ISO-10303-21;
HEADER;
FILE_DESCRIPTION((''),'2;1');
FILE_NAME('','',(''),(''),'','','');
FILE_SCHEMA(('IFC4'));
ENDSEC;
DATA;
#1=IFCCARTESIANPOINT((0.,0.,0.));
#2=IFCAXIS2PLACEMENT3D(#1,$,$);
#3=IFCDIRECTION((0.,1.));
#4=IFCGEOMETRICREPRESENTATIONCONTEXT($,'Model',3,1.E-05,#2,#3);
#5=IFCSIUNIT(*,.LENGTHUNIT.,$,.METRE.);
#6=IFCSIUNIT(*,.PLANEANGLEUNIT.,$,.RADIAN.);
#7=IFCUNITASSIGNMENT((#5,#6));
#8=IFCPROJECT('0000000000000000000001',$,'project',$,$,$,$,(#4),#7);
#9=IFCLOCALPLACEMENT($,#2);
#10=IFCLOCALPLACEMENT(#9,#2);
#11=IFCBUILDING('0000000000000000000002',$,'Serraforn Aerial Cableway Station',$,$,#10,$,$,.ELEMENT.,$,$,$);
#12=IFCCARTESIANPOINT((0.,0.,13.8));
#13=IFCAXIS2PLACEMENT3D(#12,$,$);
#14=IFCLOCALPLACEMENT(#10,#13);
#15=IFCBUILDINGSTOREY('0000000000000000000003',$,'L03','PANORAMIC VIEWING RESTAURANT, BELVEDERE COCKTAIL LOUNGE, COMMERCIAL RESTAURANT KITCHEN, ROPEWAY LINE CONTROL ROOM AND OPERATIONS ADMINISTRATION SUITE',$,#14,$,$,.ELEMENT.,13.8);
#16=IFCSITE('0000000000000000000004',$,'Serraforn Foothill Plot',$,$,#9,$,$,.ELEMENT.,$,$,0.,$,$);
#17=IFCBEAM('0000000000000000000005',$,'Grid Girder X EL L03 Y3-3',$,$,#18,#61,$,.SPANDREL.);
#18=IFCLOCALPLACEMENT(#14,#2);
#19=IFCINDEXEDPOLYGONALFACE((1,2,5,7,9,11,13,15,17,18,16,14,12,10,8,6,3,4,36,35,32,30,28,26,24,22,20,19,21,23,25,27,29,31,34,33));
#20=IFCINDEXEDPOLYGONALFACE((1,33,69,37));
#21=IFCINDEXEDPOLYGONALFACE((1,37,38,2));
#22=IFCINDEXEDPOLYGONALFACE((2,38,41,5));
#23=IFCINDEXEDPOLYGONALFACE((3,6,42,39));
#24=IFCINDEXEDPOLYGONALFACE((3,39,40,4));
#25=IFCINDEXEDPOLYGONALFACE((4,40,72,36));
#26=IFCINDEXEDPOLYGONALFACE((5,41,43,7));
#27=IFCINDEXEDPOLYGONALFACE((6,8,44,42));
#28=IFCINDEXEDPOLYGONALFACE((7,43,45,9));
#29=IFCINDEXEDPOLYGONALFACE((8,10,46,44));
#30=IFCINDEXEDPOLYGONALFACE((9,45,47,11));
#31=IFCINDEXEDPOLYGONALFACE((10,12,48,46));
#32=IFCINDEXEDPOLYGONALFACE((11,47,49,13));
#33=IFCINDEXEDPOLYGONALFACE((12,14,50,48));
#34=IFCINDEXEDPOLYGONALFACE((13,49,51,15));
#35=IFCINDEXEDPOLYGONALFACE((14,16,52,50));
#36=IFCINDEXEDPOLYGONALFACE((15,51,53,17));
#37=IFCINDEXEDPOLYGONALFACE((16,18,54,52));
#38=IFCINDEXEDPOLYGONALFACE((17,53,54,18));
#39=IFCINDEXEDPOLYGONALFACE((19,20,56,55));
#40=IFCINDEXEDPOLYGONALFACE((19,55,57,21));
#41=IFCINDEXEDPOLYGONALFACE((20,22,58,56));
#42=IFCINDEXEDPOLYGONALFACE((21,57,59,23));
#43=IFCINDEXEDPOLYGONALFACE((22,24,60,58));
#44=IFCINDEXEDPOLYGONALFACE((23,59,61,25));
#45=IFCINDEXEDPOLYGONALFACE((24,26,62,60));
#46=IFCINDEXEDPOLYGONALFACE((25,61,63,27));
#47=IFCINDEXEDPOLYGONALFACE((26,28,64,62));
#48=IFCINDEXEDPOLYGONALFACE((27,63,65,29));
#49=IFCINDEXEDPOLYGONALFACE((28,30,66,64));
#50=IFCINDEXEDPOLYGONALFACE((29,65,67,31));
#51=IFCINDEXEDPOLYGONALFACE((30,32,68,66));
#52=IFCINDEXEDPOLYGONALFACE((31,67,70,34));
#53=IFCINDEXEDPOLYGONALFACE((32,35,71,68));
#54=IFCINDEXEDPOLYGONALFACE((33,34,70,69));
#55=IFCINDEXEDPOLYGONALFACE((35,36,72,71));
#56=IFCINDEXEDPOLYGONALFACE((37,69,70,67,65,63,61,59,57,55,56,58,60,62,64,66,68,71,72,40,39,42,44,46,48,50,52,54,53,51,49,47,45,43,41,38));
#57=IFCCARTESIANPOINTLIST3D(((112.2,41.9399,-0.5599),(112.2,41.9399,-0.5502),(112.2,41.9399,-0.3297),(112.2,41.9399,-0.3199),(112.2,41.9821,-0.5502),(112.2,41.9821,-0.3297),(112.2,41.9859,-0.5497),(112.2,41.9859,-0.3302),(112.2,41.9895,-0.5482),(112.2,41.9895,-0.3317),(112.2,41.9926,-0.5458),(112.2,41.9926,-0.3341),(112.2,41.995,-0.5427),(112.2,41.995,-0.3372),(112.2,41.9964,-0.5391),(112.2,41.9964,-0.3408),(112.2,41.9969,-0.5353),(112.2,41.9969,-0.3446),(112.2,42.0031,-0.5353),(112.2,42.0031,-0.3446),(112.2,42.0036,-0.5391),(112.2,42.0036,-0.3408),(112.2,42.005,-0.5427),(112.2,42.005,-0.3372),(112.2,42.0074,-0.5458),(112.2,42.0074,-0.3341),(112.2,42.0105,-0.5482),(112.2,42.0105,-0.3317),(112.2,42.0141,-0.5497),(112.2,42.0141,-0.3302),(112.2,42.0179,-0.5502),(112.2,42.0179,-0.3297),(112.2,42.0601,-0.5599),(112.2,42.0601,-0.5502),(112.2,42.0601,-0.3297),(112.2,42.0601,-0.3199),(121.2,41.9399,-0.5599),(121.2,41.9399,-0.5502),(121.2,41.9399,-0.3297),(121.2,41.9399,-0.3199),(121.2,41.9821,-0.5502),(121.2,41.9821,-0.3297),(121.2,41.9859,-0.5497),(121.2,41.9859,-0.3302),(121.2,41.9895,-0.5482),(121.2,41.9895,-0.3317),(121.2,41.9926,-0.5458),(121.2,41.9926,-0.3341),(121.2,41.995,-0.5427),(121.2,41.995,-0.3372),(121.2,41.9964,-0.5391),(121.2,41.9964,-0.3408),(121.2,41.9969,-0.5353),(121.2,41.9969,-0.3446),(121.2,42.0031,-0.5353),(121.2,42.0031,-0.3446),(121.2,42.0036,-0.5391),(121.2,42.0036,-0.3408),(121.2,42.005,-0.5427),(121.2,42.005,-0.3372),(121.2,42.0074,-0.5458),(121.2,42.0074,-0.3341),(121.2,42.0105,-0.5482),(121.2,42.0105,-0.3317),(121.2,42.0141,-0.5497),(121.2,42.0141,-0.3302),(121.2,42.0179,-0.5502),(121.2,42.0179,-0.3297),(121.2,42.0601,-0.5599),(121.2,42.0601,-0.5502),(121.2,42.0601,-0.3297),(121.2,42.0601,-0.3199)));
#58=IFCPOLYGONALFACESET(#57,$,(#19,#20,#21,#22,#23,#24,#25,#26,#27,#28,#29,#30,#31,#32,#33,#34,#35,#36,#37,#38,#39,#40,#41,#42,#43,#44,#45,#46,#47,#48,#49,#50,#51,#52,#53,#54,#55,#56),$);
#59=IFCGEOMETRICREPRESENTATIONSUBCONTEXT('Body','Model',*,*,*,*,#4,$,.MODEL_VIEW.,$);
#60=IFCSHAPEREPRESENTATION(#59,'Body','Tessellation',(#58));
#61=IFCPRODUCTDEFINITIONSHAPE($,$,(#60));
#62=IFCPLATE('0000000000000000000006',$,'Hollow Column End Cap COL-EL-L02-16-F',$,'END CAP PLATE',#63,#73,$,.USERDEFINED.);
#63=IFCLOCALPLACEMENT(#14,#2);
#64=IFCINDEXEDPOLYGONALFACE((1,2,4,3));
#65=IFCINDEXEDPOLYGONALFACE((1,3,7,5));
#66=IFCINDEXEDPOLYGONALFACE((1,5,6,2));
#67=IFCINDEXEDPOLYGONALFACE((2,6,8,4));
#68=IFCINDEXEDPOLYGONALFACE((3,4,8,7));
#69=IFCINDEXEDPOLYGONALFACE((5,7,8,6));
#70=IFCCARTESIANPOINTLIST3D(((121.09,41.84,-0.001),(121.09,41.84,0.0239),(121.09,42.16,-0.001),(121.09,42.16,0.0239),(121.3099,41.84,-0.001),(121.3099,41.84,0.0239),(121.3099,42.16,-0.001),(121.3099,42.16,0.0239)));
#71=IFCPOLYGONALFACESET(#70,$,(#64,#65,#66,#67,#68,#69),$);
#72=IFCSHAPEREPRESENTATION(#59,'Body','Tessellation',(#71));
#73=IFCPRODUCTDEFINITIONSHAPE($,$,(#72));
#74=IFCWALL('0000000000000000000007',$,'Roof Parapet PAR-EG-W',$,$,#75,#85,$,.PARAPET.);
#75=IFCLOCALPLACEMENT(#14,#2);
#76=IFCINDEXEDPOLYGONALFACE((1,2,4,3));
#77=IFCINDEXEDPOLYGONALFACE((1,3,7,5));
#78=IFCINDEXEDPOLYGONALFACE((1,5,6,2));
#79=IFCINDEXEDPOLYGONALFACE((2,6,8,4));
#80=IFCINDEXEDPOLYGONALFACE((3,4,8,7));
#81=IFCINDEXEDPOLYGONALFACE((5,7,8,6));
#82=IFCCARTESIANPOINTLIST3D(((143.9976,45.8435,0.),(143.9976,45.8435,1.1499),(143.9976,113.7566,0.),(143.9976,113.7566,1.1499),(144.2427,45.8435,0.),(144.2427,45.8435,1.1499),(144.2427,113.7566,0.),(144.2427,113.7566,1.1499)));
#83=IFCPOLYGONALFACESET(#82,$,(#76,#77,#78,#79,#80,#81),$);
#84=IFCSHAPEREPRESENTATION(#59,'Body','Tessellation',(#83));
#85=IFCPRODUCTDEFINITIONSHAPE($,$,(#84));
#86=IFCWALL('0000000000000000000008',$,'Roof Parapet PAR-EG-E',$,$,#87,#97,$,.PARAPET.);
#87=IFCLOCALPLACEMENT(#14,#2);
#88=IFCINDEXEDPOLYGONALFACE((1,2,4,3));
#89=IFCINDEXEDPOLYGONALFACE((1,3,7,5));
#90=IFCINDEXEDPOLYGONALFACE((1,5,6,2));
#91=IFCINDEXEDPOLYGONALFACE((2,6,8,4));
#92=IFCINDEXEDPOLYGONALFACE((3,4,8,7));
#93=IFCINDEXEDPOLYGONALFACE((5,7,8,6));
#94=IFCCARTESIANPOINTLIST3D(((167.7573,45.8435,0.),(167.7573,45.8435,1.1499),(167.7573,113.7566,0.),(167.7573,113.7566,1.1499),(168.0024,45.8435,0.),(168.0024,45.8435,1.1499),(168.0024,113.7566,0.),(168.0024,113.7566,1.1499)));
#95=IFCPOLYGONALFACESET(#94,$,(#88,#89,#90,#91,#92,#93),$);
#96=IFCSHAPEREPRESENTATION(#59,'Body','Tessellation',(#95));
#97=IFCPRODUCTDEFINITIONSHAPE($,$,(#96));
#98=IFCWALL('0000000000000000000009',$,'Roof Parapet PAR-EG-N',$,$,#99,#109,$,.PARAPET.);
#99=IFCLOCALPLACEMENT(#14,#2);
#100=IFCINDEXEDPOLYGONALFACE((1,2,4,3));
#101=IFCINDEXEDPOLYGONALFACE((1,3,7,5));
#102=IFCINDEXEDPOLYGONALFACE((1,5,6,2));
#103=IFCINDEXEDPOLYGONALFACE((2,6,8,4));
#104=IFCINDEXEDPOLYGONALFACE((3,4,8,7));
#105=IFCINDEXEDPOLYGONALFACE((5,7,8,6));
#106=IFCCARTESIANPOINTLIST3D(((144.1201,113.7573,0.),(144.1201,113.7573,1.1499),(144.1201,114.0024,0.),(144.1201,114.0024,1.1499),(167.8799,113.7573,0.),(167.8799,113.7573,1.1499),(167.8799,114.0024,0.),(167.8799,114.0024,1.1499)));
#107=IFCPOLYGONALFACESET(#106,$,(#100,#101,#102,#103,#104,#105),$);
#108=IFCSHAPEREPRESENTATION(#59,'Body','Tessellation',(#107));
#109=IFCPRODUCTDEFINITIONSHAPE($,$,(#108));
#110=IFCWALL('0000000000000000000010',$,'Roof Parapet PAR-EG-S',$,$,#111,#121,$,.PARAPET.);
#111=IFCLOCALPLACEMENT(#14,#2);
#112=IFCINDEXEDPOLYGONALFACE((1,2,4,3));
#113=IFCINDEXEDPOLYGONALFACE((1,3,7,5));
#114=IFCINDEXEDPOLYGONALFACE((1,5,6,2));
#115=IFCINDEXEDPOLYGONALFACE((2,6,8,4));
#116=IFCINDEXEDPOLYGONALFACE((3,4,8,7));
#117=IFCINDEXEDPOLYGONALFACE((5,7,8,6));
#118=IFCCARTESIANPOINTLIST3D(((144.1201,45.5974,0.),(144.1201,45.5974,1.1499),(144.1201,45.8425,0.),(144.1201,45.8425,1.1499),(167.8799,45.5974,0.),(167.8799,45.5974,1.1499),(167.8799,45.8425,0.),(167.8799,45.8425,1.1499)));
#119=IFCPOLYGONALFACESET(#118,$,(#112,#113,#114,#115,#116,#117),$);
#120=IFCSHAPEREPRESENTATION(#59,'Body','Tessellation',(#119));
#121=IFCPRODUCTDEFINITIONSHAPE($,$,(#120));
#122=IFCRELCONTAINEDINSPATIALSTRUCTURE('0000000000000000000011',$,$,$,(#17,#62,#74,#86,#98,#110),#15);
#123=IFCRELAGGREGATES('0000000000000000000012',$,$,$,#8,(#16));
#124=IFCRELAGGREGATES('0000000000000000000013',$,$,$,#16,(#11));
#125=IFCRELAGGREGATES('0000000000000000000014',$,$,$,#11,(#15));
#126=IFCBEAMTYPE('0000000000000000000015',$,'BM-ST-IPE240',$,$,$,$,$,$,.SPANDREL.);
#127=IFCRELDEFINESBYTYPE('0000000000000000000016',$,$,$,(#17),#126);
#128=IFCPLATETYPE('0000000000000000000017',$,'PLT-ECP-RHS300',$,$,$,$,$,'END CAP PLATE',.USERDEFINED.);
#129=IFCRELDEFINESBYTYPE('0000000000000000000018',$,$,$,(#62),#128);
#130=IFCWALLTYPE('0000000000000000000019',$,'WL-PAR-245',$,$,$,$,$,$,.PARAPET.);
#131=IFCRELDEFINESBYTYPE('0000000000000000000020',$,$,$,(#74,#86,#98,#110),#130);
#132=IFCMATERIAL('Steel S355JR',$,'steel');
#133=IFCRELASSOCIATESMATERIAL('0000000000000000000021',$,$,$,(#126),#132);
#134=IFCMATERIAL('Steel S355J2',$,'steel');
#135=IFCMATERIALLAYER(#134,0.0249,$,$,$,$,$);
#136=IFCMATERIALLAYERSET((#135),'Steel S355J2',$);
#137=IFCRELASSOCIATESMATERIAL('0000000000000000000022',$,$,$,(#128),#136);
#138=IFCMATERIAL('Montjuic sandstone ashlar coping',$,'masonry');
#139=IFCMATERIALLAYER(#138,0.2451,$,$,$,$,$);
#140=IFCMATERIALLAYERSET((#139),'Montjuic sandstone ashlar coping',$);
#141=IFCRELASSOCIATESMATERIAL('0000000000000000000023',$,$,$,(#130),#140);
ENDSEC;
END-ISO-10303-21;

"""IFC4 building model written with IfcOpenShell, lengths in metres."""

from ifc_helpers import new_model, si_unit, direction, frame, frame_2d, origin, origin_2d, place, context, subcontext, project, spatial, rectangle, i_section, extrude, material, layer, layer_set, material_profile, profile_set, type_object, element, save


model = new_model("IFC4")

# Units and contexts
model_context = context("Model", 3, precision=1e-05, world=origin(), true_north=direction((0.0, 1.0)))
body_context = subcontext(model_context, "Body", "Model", "MODEL_VIEW")
ifc_project = project(units=[si_unit("LENGTHUNIT", "METRE"), si_unit("PLANEANGLEUNIT", "RADIAN")], contexts=[model_context])

# Site, building, storey
site_placement = place(None, origin())
site = spatial("IfcSite", under=ifc_project, at=site_placement, Name="Serraforn Foothill Plot", CompositionType="ELEMENT", RefElevation=0.0)
building_placement = place(site_placement, origin())
building = spatial("IfcBuilding", under=site, at=building_placement, Name="Serraforn Aerial Cableway Station", CompositionType="ELEMENT")
storey_placement = place(building_placement, frame((0.0, 0.0, 13.8)))
storey = spatial("IfcBuildingStorey", under=building, at=storey_placement, Name="L03", Description="PANORAMIC VIEWING RESTAURANT, BELVEDERE COCKTAIL LOUNGE, COMMERCIAL RESTAURANT KITCHEN, ROPEWAY LINE CONTROL ROOM AND OPERATIONS ADMINISTRATION SUITE", CompositionType="ELEMENT", Elevation=13.8)

# Beam
ifc_material_1 = material(Name="Steel S355JR", Category="steel")
ifc_material_2 = material(Name="Steel S355J2", Category="steel")
ifc_material_profile_1 = material_profile(ifc_material_1, i_section(OverallWidth=0.1201, OverallDepth=0.24, WebThickness=0.0061, FlangeThickness=0.0098, FilletRadius=0.0149, at=origin_2d()), Name="IPE 240")
ifc_profile_set_1 = profile_set([ifc_material_profile_1], Name="Steel S355JR")
beam_type_1 = type_object("IfcBeamType", Name="BM-ST-IPE240", PredefinedType="SPANDREL", material=ifc_profile_set_1)
beam_1_placement = place(storey_placement, frame((112.2, 42.0, -0.4399), z_axis=(1.0, 0.0, 0.0), x_axis=(0.0, 1.0, 0.0)))
element("IfcBeam", 1, at=beam_1_placement, inside=storey, type_object=beam_type_1, Name="Grid Girder X EL L03 Y3-3", PredefinedType="SPANDREL", context=body_context, shape_type="SweptSolid", body=[
    extrude(i_section(OverallWidth=0.1201, OverallDepth=0.24, WebThickness=0.0061, FlangeThickness=0.0098, FilletRadius=0.0149, at=origin_2d()), origin(), (0.0, 0.0, 1.0), 9.0),
])

# Plate
ifc_layer_1 = layer(ifc_material_2, 0.0249)
ifc_layer_set_1 = layer_set([ifc_layer_1], Name="Steel S355J2")
plate_type = type_object("IfcPlateType", Name="PLT-ECP-RHS300", ElementType="END CAP PLATE", PredefinedType="USERDEFINED", material=ifc_layer_set_1)
plate_placement = place(storey_placement, frame((121.2, 42.0, -0.001), z_axis=(0.0, 0.0, 1.0), x_axis=(1.0, 0.0, 0.0)))
element("IfcPlate", 2, at=plate_placement, inside=storey, type_object=plate_type, Name="Hollow Column End Cap COL-EL-L02-16-F", ObjectType="END CAP PLATE", PredefinedType="USERDEFINED", context=body_context, shape_type="SweptSolid", body=[
    extrude(rectangle(XDim=0.22, YDim=0.3201, at=origin_2d()), origin(), (0.0, 0.0, 1.0), 0.0249),
])

# Walls
ifc_material_3 = material(Name="Montjuic sandstone ashlar coping", Category="masonry")
ifc_layer_2 = layer(ifc_material_3, 0.2451)
ifc_layer_set_2 = layer_set([ifc_layer_2], Name="Montjuic sandstone ashlar coping")
wall_type = type_object("IfcWallType", Name="WL-PAR-245", PredefinedType="PARAPET", material=ifc_layer_set_2)
for number, where, z_axis, x_axis, name in (
    (3, (144.1201, 45.8435, 0.0), (0.0, 0.0, 1.0), (0.0, 1.0, 0.0), "Roof Parapet PAR-EG-W"),
    (4, (167.8799, 45.8435, 0.0), (0.0, 0.0, 1.0), (0.0, 1.0, 0.0), "Roof Parapet PAR-EG-E"),
):
    element("IfcWall", number, at=place(storey_placement, frame(where, z_axis=z_axis, x_axis=x_axis)), inside=storey, type_object=wall_type, Name=name, PredefinedType="PARAPET", context=body_context, shape_type="SweptSolid", body=[
        extrude(rectangle(XDim=67.9131, YDim=0.2451, at=frame_2d((33.9565, 0.0))), origin(), (0.0, 0.0, 1.0), 1.1499),
    ])
for number, where, z_axis, x_axis, name in (
    (5, (144.1201, 113.8799, 0.0), (0.0, 0.0, 1.0), (1.0, 0.0, 0.0), "Roof Parapet PAR-EG-N"),
    (6, (144.1201, 45.72, 0.0), (0.0, 0.0, 1.0), (1.0, 0.0, 0.0), "Roof Parapet PAR-EG-S"),
):
    element("IfcWall", number, at=place(storey_placement, frame(where, z_axis=z_axis, x_axis=x_axis)), inside=storey, type_object=wall_type, Name=name, PredefinedType="PARAPET", context=body_context, shape_type="SweptSolid", body=[
        extrude(rectangle(XDim=23.7598, YDim=0.2451, at=frame_2d((11.8799, 0.0))), origin(), (0.0, 0.0, 1.0), 1.1499),
    ])

save(model, "model.ifc")
